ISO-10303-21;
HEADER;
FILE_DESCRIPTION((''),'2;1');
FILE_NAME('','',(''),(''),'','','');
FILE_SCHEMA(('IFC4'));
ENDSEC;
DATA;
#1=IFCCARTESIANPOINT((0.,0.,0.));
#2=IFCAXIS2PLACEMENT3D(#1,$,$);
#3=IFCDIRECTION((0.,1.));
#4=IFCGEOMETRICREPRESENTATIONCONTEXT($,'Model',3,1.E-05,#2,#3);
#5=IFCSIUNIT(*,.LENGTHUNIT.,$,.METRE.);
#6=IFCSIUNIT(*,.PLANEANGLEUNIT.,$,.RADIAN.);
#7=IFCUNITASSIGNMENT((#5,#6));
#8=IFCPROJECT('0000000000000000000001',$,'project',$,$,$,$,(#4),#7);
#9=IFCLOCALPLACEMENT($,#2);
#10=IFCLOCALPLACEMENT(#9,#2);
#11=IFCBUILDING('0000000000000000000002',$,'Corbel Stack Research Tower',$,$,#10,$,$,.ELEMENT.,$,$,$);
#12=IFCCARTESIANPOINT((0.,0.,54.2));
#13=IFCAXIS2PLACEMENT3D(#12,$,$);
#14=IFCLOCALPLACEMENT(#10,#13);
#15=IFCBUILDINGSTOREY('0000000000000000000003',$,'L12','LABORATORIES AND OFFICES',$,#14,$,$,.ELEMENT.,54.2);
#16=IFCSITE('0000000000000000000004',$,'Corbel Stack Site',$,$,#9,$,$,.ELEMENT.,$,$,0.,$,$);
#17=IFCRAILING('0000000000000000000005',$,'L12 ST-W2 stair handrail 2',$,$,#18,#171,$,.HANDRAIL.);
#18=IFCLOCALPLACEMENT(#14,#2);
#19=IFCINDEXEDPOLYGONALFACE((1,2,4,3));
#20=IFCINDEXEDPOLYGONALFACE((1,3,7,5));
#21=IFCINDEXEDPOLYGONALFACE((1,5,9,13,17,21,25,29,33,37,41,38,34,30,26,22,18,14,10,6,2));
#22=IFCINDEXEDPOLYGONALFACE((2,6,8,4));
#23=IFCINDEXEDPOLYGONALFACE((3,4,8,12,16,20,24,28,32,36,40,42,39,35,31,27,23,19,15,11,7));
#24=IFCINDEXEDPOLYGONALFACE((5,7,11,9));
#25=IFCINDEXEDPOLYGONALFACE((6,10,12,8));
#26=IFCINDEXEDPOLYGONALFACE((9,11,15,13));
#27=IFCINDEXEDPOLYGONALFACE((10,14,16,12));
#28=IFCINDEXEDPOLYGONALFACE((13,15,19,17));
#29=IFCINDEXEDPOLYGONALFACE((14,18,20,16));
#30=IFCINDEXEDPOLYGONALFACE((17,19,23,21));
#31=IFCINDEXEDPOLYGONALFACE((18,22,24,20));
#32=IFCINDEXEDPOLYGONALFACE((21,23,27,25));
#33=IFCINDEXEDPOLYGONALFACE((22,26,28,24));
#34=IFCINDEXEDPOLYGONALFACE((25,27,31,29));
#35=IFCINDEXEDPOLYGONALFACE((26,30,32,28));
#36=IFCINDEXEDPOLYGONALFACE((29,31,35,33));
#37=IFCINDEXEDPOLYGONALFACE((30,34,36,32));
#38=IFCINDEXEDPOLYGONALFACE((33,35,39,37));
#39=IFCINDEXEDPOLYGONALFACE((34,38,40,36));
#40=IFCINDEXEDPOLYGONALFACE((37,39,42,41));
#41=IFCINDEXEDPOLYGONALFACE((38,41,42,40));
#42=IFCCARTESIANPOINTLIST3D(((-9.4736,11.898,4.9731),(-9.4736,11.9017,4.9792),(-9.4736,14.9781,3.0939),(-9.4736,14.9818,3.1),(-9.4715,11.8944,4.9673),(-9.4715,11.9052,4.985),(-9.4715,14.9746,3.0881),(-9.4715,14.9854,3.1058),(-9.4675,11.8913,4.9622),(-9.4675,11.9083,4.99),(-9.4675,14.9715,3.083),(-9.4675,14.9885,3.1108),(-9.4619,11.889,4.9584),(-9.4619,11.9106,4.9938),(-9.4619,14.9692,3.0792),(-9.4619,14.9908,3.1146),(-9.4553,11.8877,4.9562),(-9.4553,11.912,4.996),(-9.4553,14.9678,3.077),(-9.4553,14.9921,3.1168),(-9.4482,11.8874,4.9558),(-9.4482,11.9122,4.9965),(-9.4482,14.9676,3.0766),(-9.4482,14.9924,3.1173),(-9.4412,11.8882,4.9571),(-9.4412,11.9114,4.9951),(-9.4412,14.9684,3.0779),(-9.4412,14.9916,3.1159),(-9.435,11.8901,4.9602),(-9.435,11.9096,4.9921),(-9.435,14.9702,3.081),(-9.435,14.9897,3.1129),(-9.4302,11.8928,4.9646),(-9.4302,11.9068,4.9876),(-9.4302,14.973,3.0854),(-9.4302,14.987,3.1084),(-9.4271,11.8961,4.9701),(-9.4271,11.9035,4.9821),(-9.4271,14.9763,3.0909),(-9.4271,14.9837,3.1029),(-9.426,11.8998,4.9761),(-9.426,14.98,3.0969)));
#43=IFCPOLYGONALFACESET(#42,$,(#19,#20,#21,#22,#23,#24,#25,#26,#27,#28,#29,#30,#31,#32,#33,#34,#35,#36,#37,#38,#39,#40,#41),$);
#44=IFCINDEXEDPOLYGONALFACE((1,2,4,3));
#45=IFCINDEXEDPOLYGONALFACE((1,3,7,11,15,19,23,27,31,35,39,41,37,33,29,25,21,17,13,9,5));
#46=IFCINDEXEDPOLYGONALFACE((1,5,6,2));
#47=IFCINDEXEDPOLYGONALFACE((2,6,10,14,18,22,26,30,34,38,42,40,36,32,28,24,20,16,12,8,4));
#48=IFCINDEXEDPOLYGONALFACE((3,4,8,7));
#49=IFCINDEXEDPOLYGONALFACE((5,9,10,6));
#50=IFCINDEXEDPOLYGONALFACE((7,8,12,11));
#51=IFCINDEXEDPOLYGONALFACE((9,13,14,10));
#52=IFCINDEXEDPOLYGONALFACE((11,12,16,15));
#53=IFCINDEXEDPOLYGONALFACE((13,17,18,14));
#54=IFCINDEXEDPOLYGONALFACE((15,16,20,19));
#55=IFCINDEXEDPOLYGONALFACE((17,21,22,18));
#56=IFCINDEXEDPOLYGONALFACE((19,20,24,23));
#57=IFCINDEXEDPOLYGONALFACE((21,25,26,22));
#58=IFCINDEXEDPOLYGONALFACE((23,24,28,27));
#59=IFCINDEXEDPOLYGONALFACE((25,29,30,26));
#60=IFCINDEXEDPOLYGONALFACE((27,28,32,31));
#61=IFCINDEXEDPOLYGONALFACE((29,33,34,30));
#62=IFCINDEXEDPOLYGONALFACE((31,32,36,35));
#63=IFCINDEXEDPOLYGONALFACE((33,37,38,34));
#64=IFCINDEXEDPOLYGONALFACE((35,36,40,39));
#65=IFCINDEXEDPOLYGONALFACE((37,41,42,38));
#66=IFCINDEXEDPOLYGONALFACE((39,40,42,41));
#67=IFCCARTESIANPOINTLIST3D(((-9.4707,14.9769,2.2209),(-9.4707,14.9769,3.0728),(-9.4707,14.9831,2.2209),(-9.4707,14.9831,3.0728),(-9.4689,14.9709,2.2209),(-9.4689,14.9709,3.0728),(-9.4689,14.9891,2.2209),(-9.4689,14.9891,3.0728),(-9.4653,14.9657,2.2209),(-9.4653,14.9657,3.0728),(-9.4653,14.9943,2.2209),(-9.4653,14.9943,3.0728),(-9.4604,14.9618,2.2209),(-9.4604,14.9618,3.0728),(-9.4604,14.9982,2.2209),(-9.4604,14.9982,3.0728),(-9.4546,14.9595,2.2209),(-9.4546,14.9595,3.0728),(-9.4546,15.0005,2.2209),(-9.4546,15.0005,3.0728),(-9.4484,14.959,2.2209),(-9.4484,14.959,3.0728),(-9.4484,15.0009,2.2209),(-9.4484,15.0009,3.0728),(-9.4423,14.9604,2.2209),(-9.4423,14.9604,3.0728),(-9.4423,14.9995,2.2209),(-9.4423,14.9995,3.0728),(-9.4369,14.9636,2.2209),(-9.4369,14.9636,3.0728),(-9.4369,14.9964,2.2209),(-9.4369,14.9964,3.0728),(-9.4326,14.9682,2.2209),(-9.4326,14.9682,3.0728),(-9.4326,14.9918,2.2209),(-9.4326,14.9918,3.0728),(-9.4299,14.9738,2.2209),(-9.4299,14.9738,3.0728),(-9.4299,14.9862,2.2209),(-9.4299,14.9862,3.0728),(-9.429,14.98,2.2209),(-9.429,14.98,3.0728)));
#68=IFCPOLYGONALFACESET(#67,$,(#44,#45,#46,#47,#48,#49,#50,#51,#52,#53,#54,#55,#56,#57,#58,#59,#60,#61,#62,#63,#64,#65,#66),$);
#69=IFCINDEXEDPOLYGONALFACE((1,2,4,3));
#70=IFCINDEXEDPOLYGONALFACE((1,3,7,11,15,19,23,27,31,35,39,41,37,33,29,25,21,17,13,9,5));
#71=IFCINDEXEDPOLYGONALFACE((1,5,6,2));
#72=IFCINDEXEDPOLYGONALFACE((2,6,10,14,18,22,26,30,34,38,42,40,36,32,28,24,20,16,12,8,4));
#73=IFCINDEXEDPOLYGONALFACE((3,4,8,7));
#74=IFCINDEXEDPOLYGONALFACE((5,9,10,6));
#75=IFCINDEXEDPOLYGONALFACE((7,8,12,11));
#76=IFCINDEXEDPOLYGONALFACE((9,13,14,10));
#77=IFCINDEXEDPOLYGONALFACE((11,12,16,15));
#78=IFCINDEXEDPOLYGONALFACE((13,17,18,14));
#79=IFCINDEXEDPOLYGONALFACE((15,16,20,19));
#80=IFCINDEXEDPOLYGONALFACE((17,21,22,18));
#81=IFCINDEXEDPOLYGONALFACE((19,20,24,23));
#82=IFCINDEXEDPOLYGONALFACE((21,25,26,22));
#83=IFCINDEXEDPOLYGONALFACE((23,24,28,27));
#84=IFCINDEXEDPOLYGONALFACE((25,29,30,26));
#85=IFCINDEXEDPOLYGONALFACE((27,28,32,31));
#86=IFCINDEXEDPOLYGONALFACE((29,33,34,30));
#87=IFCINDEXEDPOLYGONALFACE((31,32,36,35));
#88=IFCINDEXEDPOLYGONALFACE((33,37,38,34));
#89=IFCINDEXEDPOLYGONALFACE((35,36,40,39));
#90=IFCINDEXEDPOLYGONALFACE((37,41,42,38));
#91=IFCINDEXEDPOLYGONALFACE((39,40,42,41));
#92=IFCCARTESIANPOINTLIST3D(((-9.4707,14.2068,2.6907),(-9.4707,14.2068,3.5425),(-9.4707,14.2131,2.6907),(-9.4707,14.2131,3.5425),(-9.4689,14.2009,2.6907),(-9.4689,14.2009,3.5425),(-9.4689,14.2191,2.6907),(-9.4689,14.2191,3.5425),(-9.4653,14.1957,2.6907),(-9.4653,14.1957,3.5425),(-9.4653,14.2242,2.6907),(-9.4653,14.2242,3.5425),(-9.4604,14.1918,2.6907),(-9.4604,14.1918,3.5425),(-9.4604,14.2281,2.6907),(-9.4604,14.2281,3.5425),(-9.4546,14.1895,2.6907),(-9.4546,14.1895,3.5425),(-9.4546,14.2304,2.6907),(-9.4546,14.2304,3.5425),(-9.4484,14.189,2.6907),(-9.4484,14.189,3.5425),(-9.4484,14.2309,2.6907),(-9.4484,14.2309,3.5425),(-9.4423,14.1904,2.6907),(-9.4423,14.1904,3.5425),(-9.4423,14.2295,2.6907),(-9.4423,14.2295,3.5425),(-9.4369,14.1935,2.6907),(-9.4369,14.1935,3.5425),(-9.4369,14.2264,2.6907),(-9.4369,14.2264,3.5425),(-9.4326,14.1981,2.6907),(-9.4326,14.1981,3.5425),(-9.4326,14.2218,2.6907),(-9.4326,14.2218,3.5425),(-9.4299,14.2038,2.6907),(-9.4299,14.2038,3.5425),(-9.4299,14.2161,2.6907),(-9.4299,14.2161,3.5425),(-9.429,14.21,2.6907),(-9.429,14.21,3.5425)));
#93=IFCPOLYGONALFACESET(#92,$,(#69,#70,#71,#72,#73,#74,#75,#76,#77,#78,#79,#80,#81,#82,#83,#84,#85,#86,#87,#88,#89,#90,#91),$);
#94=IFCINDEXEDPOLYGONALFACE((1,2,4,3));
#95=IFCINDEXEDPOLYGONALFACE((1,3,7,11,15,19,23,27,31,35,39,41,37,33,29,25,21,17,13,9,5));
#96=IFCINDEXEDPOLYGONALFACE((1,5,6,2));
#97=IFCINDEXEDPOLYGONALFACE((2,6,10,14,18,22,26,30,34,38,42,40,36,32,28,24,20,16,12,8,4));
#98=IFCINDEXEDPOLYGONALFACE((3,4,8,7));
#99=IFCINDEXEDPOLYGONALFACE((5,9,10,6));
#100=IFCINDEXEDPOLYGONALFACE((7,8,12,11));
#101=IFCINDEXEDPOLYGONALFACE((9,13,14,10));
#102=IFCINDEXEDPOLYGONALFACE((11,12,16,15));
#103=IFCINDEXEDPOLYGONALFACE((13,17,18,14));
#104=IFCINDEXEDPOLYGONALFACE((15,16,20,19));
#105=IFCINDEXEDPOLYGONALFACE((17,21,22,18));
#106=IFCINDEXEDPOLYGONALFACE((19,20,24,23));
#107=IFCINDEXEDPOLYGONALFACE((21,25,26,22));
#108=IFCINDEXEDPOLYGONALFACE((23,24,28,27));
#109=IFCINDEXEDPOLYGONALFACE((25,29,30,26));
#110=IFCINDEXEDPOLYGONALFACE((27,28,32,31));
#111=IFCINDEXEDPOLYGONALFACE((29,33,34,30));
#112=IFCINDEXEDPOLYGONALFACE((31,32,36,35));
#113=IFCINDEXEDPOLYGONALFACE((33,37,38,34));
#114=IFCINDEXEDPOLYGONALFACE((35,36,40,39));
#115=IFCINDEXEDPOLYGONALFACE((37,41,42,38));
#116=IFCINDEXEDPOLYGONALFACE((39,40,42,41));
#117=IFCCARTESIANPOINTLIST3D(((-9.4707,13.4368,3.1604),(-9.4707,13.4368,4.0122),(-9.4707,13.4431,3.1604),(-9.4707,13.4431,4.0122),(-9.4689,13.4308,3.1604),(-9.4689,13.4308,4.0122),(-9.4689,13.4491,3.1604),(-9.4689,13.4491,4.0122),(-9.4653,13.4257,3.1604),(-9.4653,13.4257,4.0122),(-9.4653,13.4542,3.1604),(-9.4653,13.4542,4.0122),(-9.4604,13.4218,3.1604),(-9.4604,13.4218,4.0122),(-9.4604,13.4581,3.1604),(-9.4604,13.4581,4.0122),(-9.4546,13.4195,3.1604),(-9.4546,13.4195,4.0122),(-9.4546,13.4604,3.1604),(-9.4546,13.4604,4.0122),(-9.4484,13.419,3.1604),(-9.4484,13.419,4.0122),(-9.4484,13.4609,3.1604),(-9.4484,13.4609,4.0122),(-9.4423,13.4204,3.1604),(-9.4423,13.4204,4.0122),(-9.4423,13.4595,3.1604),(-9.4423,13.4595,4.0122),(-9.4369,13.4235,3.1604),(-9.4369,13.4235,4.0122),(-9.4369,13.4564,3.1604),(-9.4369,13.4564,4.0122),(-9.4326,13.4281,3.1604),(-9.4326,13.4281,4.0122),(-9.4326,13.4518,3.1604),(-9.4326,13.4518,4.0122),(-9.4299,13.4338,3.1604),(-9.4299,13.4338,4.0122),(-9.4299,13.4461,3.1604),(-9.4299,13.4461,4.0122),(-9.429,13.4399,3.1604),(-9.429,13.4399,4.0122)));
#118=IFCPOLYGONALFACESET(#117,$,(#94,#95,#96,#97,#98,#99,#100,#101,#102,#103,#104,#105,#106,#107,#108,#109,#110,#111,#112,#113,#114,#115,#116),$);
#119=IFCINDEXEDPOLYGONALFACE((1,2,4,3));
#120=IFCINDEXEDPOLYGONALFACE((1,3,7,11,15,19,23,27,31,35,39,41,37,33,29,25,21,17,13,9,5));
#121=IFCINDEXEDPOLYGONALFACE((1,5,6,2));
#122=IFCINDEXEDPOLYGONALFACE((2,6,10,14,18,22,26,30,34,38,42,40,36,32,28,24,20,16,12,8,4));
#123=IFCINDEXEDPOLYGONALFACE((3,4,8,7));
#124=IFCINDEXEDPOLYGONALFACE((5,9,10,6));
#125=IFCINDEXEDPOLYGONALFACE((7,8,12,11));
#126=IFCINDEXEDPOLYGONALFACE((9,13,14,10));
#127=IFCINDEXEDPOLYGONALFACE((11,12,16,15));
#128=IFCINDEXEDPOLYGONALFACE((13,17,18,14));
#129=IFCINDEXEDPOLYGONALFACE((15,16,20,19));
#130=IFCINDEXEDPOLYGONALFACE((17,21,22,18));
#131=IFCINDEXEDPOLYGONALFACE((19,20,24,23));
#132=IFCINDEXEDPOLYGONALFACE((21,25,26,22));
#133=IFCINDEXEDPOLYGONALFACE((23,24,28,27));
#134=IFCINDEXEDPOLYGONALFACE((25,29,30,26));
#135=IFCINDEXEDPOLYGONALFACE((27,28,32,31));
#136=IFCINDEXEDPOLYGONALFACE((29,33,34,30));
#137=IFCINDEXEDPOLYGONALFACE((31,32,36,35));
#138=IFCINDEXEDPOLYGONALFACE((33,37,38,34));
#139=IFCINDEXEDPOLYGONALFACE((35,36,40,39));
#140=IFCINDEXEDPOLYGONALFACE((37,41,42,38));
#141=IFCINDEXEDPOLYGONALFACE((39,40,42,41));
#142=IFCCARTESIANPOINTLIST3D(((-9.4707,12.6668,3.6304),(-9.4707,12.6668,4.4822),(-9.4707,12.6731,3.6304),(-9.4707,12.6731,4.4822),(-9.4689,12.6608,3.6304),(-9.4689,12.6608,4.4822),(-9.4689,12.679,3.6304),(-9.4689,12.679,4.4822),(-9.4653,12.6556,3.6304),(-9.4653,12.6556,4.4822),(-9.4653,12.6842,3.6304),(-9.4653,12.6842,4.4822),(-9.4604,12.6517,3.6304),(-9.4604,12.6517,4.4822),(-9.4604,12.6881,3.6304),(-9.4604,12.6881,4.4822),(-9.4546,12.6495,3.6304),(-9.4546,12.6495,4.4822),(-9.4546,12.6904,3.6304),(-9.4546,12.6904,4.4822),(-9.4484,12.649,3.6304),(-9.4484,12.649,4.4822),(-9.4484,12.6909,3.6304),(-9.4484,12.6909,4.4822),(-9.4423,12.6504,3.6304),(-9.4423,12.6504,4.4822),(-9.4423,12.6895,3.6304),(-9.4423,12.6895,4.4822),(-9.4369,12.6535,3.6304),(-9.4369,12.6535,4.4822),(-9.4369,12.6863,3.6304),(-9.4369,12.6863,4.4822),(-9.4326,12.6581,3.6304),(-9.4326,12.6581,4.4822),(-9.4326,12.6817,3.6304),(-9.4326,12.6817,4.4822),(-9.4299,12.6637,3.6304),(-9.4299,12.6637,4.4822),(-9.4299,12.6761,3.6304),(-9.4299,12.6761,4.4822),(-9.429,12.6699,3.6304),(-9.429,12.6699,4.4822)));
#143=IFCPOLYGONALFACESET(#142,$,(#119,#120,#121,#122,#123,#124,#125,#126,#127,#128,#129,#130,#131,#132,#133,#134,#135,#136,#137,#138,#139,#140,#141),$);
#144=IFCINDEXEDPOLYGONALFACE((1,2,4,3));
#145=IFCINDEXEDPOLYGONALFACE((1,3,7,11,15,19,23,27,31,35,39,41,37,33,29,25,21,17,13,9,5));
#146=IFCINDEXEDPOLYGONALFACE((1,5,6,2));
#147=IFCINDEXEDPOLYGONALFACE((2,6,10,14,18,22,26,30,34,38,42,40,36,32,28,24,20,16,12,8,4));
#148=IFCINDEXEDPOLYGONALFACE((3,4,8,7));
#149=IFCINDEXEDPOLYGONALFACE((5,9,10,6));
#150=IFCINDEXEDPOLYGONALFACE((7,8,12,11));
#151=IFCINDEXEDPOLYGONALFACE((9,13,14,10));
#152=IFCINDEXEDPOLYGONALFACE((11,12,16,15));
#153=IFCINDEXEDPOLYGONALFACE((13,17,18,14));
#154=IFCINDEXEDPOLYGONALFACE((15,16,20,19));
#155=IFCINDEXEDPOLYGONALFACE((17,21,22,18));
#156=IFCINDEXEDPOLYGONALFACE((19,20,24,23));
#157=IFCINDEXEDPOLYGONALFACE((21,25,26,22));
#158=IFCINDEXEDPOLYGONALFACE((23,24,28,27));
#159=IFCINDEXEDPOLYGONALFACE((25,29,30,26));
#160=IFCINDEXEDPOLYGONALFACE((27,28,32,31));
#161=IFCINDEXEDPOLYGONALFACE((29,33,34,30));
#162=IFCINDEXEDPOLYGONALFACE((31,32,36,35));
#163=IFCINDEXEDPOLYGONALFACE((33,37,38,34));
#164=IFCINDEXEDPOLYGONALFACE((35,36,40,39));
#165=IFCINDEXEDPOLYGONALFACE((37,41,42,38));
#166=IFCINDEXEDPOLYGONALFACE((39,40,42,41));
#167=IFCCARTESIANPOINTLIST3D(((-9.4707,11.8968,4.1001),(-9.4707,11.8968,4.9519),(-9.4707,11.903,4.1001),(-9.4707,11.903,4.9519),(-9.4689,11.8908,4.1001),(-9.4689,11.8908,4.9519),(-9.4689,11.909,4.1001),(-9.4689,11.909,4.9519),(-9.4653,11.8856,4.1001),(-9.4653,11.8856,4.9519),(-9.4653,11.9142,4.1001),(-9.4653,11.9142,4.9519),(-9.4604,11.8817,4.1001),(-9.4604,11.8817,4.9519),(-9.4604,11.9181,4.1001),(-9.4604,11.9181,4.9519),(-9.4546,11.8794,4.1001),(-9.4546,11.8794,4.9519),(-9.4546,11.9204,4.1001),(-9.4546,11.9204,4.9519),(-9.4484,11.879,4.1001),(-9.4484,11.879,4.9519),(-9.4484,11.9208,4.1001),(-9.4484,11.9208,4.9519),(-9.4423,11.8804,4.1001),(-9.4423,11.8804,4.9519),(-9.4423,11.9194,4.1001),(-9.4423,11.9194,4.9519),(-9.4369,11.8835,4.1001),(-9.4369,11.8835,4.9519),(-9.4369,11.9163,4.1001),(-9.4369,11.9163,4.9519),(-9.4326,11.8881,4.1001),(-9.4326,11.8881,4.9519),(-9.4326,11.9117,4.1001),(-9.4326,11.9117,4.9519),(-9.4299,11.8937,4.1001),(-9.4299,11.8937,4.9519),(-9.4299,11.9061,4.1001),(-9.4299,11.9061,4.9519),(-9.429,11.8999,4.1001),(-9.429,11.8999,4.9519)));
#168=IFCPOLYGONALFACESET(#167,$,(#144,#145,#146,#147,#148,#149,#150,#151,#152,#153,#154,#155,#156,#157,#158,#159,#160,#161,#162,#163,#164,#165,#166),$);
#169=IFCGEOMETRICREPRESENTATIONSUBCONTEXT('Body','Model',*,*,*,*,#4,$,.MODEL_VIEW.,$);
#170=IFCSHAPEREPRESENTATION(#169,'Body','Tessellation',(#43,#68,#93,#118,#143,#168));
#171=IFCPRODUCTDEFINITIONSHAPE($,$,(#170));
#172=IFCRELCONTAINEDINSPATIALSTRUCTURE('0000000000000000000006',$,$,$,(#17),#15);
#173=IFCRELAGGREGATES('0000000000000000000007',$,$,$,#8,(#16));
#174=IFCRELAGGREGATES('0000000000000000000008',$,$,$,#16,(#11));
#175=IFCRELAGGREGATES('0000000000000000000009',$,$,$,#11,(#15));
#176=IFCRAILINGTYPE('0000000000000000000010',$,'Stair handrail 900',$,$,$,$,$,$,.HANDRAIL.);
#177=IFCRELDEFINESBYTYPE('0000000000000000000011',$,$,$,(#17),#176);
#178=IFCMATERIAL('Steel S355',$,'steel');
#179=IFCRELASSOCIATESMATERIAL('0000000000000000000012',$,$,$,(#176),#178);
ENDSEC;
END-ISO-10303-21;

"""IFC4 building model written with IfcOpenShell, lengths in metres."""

from ifc_helpers import new_model, si_unit, direction, frame, origin, origin_2d, place, context, subcontext, project, spatial, circle, extrude, material, type_object, element, save


model = new_model("IFC4")

# Units and contexts
model_context = context("Model", 3, precision=1e-05, world=origin(), true_north=direction((0.0, 1.0)))
body_context = subcontext(model_context, "Body", "Model", "MODEL_VIEW")
ifc_project = project(units=[si_unit("LENGTHUNIT", "METRE"), si_unit("PLANEANGLEUNIT", "RADIAN")], contexts=[model_context])

# Site, building, storey
site_placement = place(None, origin())
site = spatial("IfcSite", under=ifc_project, at=site_placement, Name="Corbel Stack Site", CompositionType="ELEMENT", RefElevation=0.0)
building_placement = place(site_placement, origin())
building = spatial("IfcBuilding", under=site, at=building_placement, Name="Corbel Stack Research Tower", CompositionType="ELEMENT")
storey_placement = place(building_placement, frame((0.0, 0.0, 54.2)))
storey = spatial("IfcBuildingStorey", under=building, at=storey_placement, Name="L12", Description="LABORATORIES AND OFFICES", CompositionType="ELEMENT", Elevation=54.2)

# Railing
ifc_material_1 = material(Name="Steel S355", Category="steel")
railing_type_1 = type_object("IfcRailingType", Name="Stair handrail 900", PredefinedType="HANDRAIL", material=ifc_material_1)
railing_1_placement = place(storey_placement, frame((-9.45, 14.98, 2.2209)))
element("IfcRailing", 1, at=railing_1_placement, inside=storey, type_object=railing_type_1, Name="L12 ST-W2 stair handrail 2", PredefinedType="HANDRAIL", context=body_context, shape_type="SweptSolid", body=[
    extrude(circle(Radius=0.0239, at=origin_2d()), frame((0.0, 0.0, 0.876), z_axis=(0.0, -0.853666, 0.52082), x_axis=(1.0, 0.0, 0.0)), (0.0, 0.0, 1.0), 3.6082),
    extrude(circle(Radius=0.021, at=origin_2d()), origin(), (0.0, 0.0, 1.0), 0.8518),
    extrude(circle(Radius=0.021, at=origin_2d()), frame((0.0, -0.77, 0.4697)), (0.0, 0.0, 1.0), 0.8518),
    extrude(circle(Radius=0.021, at=origin_2d()), frame((0.0, -1.54, 0.9395)), (0.0, 0.0, 1.0), 0.8518),
    extrude(circle(Radius=0.021, at=origin_2d()), frame((0.0, -2.3101, 1.4094)), (0.0, 0.0, 1.0), 0.8518),
    extrude(circle(Radius=0.021, at=origin_2d()), frame((0.0, -3.0801, 1.8792)), (0.0, 0.0, 1.0), 0.8518),
])

save(model, "model.ifc")
